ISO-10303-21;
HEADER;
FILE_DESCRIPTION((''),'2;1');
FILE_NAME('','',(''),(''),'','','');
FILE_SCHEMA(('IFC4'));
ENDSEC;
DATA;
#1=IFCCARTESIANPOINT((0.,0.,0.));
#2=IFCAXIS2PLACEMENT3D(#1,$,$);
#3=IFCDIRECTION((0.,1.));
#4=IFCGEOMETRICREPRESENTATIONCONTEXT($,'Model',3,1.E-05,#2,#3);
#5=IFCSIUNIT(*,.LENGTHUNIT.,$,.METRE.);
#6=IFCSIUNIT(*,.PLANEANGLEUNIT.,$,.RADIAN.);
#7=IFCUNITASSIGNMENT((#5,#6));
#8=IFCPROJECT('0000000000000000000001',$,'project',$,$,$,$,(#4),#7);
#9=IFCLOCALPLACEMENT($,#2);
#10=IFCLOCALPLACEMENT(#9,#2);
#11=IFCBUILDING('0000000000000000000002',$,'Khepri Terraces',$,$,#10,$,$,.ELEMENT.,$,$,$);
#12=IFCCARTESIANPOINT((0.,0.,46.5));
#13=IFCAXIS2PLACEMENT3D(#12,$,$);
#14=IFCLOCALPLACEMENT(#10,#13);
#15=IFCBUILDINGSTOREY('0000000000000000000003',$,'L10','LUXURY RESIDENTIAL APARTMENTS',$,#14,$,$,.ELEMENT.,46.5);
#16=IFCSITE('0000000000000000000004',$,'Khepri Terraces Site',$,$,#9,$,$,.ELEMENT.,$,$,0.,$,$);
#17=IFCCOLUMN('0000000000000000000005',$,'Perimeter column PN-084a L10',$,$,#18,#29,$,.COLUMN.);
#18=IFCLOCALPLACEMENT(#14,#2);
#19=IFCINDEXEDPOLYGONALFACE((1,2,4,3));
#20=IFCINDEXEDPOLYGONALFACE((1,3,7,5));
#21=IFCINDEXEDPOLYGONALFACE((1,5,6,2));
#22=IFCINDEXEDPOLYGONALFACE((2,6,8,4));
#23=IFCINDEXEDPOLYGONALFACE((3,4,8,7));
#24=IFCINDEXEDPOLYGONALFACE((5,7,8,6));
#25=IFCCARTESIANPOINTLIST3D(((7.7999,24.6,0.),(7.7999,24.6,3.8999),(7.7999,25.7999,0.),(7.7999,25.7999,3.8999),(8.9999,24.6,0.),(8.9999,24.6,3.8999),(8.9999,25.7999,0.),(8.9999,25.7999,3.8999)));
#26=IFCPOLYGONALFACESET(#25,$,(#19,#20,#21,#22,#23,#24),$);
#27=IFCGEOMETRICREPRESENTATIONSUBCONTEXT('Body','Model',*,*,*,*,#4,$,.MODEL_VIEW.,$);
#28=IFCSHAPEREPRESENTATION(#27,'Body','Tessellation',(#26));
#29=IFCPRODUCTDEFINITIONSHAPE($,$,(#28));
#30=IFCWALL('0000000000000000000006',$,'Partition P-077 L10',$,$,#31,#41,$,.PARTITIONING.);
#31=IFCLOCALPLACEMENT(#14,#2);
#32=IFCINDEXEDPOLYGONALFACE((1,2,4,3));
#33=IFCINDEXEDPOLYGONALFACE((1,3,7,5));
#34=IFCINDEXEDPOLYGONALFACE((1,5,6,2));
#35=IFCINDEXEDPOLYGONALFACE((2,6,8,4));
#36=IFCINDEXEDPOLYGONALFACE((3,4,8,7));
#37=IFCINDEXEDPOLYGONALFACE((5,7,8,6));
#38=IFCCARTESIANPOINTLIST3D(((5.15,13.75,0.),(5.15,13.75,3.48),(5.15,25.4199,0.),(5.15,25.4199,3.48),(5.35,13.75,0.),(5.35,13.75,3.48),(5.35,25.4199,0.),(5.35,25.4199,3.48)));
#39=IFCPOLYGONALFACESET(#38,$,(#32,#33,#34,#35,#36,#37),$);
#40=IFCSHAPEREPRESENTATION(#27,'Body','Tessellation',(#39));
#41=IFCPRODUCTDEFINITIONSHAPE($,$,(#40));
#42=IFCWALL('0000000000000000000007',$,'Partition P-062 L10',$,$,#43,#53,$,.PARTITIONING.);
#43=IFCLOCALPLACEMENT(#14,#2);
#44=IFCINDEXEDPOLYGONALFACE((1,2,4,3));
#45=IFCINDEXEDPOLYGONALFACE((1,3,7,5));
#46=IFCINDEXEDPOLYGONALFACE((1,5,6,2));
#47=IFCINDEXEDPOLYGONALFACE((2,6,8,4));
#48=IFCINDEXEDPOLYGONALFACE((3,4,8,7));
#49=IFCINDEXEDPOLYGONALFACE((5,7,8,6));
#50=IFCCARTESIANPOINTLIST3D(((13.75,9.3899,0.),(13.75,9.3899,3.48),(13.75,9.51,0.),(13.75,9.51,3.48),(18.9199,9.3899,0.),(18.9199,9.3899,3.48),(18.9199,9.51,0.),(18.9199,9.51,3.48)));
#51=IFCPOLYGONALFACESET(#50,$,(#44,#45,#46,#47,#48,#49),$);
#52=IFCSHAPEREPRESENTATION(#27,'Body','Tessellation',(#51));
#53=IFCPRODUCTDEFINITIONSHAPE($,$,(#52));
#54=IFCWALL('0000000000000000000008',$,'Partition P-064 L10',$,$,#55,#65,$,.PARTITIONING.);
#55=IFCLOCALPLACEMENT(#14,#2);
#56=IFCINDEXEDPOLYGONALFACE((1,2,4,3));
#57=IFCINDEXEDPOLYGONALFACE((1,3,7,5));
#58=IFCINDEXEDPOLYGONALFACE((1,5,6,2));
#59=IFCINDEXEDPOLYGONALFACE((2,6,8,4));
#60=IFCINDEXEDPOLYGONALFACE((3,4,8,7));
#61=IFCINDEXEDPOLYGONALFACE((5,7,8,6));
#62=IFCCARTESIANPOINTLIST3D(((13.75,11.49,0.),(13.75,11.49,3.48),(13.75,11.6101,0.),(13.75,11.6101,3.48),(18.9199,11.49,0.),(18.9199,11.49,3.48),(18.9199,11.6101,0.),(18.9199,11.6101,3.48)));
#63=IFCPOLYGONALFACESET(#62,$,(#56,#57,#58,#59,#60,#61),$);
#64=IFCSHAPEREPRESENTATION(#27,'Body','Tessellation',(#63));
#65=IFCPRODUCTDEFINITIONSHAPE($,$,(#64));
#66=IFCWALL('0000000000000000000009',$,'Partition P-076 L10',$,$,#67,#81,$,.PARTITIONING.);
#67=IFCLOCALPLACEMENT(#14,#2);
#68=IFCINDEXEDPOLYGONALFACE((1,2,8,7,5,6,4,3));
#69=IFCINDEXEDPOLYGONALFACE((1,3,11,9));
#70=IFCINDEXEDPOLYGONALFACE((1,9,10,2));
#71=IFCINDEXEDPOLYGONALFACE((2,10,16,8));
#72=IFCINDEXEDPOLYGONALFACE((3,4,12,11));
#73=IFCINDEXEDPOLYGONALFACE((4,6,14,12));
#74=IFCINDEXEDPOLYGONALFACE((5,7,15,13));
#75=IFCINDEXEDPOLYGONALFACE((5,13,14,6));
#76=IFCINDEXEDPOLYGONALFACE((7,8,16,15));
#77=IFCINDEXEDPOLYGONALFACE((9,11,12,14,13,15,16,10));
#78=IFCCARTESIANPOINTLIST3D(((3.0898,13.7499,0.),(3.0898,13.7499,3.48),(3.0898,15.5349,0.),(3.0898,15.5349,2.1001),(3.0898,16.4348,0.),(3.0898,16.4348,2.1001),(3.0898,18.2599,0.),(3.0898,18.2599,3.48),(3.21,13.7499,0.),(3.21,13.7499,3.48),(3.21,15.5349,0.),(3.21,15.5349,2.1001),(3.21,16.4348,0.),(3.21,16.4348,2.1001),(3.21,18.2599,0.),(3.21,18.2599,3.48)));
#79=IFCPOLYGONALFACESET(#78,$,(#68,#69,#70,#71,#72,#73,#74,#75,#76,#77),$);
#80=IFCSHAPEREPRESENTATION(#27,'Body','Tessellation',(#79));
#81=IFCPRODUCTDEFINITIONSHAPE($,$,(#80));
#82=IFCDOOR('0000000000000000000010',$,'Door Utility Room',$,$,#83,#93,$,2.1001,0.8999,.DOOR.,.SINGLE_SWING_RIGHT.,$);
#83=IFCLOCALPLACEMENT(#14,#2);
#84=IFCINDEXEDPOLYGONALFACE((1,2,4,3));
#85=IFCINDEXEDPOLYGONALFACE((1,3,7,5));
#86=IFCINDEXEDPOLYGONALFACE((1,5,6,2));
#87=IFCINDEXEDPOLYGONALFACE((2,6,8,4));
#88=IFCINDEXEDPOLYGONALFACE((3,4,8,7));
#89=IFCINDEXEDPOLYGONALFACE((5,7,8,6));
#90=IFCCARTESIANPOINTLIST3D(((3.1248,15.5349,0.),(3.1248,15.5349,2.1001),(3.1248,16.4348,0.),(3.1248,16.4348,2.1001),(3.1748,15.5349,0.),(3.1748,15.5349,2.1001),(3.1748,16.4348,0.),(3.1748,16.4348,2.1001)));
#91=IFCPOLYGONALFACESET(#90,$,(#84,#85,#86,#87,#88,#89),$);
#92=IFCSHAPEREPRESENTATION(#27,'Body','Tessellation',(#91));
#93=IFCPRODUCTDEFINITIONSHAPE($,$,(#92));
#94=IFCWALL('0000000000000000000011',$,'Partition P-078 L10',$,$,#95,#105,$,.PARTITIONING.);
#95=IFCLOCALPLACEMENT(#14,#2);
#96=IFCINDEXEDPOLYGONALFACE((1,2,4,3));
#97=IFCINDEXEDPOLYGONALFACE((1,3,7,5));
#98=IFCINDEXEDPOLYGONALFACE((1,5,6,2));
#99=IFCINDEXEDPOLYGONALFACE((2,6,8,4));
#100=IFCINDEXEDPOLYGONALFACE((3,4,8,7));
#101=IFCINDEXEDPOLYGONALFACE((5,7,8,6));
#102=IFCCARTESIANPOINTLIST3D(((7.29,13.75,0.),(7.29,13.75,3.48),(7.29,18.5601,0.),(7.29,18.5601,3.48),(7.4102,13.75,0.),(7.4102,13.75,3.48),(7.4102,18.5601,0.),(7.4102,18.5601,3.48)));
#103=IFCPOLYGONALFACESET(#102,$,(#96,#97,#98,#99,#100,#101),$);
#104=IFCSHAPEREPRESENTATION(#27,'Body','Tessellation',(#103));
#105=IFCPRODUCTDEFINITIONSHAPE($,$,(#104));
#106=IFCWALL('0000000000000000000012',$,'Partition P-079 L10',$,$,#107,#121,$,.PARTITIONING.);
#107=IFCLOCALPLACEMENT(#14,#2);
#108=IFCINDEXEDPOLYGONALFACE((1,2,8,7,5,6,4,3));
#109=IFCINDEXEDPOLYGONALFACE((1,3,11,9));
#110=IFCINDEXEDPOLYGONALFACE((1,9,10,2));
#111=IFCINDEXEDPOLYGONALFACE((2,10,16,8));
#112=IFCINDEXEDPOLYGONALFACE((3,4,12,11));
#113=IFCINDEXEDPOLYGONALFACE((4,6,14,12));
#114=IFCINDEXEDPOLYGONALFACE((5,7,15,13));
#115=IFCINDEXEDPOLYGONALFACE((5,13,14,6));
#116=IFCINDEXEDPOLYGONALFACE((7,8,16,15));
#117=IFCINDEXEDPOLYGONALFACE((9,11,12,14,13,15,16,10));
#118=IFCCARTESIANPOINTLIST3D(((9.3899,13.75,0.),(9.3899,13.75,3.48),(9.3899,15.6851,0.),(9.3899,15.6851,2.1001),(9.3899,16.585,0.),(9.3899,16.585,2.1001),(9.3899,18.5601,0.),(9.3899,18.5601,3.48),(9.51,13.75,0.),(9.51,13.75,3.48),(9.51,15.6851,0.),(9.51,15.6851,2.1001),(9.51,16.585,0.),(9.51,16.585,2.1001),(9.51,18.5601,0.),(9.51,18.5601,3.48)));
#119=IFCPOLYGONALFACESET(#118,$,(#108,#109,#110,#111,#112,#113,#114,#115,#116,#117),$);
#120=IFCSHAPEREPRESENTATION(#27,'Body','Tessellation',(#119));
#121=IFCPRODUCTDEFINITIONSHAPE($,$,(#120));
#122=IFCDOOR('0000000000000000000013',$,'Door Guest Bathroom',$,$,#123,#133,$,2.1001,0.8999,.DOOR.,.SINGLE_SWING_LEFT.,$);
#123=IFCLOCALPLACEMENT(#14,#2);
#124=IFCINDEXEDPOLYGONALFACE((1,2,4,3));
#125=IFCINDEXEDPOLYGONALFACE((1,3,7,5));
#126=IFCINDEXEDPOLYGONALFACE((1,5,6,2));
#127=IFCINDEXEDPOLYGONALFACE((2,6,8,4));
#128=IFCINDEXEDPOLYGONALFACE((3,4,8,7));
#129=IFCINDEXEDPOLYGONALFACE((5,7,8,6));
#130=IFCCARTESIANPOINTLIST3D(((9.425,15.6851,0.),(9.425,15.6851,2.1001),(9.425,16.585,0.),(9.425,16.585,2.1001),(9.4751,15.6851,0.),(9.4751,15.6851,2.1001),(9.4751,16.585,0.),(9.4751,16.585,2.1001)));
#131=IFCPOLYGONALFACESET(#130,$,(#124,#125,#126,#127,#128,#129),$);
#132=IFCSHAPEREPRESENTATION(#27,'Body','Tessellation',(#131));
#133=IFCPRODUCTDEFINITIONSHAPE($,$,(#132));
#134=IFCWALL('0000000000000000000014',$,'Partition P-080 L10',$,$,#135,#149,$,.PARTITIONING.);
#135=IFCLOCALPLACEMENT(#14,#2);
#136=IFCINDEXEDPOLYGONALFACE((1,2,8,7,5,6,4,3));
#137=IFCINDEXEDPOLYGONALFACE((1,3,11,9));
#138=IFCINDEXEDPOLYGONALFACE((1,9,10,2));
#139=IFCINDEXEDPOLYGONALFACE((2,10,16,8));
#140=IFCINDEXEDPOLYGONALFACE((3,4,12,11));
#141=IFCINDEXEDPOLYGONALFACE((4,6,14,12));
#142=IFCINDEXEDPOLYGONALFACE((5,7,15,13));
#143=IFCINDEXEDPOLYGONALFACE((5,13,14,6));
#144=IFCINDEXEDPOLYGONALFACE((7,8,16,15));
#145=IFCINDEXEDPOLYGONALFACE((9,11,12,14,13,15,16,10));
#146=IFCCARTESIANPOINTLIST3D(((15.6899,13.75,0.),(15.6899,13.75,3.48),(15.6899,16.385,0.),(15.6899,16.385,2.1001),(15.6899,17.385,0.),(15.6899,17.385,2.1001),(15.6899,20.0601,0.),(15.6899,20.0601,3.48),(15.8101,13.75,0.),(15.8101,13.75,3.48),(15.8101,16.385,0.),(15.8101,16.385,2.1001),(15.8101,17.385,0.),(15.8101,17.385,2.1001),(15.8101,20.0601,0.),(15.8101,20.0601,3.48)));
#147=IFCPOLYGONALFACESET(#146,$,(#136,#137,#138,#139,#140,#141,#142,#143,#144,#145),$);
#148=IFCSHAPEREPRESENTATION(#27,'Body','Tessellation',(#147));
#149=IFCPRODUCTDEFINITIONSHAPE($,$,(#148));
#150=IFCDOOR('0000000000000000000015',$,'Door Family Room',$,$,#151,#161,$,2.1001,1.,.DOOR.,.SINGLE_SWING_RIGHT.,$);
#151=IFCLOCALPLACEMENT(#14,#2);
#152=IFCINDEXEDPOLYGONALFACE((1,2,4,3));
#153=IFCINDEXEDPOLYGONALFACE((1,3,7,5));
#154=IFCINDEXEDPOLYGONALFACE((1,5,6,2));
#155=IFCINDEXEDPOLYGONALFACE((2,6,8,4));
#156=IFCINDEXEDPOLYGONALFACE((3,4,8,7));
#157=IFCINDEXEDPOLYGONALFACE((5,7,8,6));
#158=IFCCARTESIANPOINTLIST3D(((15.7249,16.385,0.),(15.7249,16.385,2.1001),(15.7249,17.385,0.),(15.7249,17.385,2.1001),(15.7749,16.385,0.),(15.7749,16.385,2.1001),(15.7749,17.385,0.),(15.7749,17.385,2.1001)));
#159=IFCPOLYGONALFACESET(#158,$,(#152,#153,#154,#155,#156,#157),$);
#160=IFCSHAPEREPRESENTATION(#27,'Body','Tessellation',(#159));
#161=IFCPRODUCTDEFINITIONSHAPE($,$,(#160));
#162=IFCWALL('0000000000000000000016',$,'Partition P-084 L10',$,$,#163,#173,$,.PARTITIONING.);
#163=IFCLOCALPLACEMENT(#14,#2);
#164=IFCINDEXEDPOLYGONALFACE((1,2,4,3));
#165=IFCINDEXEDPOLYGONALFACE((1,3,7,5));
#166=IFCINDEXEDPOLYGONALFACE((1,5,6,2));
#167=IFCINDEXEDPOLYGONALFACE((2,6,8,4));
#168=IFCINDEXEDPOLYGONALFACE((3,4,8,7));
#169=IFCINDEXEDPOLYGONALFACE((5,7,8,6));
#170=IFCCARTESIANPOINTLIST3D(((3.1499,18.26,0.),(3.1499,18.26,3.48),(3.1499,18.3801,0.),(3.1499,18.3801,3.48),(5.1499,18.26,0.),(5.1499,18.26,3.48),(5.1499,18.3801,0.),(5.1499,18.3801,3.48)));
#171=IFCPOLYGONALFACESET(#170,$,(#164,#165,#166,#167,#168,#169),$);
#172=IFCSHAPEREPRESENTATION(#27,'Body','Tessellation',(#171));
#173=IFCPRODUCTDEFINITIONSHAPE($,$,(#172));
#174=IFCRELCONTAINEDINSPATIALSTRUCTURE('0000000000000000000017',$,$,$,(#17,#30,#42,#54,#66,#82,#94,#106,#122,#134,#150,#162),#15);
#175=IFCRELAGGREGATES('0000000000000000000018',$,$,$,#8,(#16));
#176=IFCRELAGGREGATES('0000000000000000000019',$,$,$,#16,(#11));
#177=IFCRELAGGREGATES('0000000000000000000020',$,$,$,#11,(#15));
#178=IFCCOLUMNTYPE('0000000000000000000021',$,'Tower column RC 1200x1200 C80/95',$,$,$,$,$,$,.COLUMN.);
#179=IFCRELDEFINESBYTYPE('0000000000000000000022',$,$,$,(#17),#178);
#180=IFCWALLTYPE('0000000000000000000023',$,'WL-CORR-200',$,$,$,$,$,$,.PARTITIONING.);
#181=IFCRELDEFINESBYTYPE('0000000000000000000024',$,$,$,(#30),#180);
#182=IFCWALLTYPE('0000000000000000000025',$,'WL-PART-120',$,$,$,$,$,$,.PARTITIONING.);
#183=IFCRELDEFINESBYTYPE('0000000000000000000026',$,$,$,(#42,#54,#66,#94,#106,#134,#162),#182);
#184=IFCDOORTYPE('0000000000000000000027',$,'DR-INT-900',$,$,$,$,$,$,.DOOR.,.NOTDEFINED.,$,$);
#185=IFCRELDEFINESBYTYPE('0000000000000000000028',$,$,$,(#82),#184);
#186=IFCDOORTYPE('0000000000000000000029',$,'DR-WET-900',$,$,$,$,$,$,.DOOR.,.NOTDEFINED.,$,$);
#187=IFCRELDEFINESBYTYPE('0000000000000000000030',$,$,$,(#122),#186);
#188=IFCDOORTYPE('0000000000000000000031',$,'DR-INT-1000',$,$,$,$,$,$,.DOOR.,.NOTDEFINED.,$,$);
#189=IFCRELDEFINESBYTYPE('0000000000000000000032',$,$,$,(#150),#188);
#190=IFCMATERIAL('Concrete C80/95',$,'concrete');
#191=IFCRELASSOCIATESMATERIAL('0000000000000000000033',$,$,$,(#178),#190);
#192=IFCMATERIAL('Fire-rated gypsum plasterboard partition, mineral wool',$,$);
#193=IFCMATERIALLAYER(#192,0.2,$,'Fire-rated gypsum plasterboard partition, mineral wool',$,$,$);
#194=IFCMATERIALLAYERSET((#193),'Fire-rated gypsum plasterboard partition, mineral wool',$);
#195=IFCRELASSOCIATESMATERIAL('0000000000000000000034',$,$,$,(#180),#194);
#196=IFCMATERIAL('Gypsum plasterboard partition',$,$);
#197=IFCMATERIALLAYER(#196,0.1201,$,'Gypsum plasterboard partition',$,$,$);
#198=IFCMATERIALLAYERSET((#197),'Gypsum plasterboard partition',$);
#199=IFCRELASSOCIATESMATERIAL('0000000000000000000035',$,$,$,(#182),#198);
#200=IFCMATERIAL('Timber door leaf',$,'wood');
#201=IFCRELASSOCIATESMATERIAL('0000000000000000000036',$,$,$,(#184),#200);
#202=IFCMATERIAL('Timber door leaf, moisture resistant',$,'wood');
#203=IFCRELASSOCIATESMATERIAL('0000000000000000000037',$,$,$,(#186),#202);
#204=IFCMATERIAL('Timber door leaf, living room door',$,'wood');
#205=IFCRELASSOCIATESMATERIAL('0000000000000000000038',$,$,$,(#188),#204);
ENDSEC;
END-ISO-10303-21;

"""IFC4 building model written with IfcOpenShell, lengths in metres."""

from ifc_helpers import new_model, si_unit, direction, frame, frame_2d, origin, origin_2d, place, context, subcontext, project, spatial, rectangle, extrude, material, layer, layer_set, material_profile, profile_set, type_object, element, fill, save


model = new_model("IFC4")

# Units and contexts
model_context = context("Model", 3, precision=1e-05, world=origin(), true_north=direction((0.0, 1.0)))
body_context = subcontext(model_context, "Body", "Model", "MODEL_VIEW")
ifc_project = project(units=[si_unit("LENGTHUNIT", "METRE"), si_unit("PLANEANGLEUNIT", "RADIAN")], contexts=[model_context])

# Site, building, storey
site_placement = place(None, origin())
site = spatial("IfcSite", under=ifc_project, at=site_placement, Name="Khepri Terraces Site", CompositionType="ELEMENT", RefElevation=0.0)
building_placement = place(site_placement, origin())
building = spatial("IfcBuilding", under=site, at=building_placement, Name="Khepri Terraces", CompositionType="ELEMENT")
storey_placement = place(building_placement, frame((0.0, 0.0, 46.5)))
storey = spatial("IfcBuildingStorey", under=building, at=storey_placement, Name="L10", Description="LUXURY RESIDENTIAL APARTMENTS", CompositionType="ELEMENT", Elevation=46.5)

# Column
ifc_material_1 = material(Name="Concrete C80/95", Category="concrete")
ifc_material_profile = material_profile(ifc_material_1, rectangle(XDim=1.2, YDim=1.2, at=origin_2d()), Name="Concrete C80/95", Category="concrete")
ifc_profile_set = profile_set([ifc_material_profile], Name="Concrete C80/95")
column_type = type_object("IfcColumnType", Name="Tower column RC 1200x1200 C80/95", PredefinedType="COLUMN", material=ifc_profile_set)
column_placement = place(storey_placement, frame((8.3999, 25.2, 0.0), z_axis=(0.0, 0.0, 1.0), x_axis=(1.0, 0.0, 0.0)))
element("IfcColumn", 1, at=column_placement, inside=storey, type_object=column_type, Name="Perimeter column PN-084a L10", PredefinedType="COLUMN", context=body_context, shape_type="SweptSolid", body=[
    extrude(rectangle(XDim=1.2, YDim=1.2, at=origin_2d()), origin(), (0.0, 0.0, 1.0), 3.8999),
])

# Wall
ifc_material_2 = material(Name="Fire-rated gypsum plasterboard partition, mineral wool")
ifc_layer_1 = layer(ifc_material_2, 0.2, Name="Fire-rated gypsum plasterboard partition, mineral wool")
ifc_layer_set_1 = layer_set([ifc_layer_1], Name="Fire-rated gypsum plasterboard partition, mineral wool")
wall_type_1 = type_object("IfcWallType", Name="WL-CORR-200", PredefinedType="PARTITIONING", material=ifc_layer_set_1)
wall_1_placement = place(storey_placement, frame((5.25, 13.75, 0.0), z_axis=(0.0, 0.0, 1.0), x_axis=(0.0, 1.0, 0.0)))
element("IfcWall", 2, at=wall_1_placement, inside=storey, type_object=wall_type_1, Name="Partition P-077 L10", PredefinedType="PARTITIONING", context=body_context, shape_type="SweptSolid", body=[
    extrude(rectangle(XDim=11.6699, YDim=0.2, at=frame_2d((5.835, 0.0))), origin(), (0.0, 0.0, 1.0), 3.48),
])

# Walls
ifc_material_3 = material(Name="Gypsum plasterboard partition")
ifc_layer_2 = layer(ifc_material_3, 0.1201, Name="Gypsum plasterboard partition")
ifc_layer_set_2 = layer_set([ifc_layer_2], Name="Gypsum plasterboard partition")
wall_type_2 = type_object("IfcWallType", Name="WL-PART-120", PredefinedType="PARTITIONING", material=ifc_layer_set_2)
for number, where, z_axis, x_axis, name in (
    (3, (13.75, 9.45, 0.0), (0.0, 0.0, 1.0), (1.0, 0.0, 0.0), "Partition P-062 L10"),
    (4, (13.75, 11.55, 0.0), (0.0, 0.0, 1.0), (1.0, 0.0, 0.0), "Partition P-064 L10"),
):
    element("IfcWall", number, at=place(storey_placement, frame(where, z_axis=z_axis, x_axis=x_axis)), inside=storey, type_object=wall_type_2, Name=name, PredefinedType="PARTITIONING", context=body_context, shape_type="SweptSolid", body=[
        extrude(rectangle(XDim=5.1699, YDim=0.1201, at=frame_2d((2.585, 0.0))), origin(), (0.0, 0.0, 1.0), 3.48),
    ])

# Wall, opening, door
wall_2_placement = place(storey_placement, frame((3.1499, 13.75, 0.0), z_axis=(0.0, 0.0, 1.0), x_axis=(0.0, 1.0, 0.0)))
wall_2 = element("IfcWall", 5, at=wall_2_placement, inside=storey, type_object=wall_type_2, Name="Partition P-076 L10", PredefinedType="PARTITIONING", context=body_context, shape_type="SweptSolid", body=[
    extrude(rectangle(XDim=4.51, YDim=0.1201, at=frame_2d((2.2549, 0.0))), origin(), (0.0, 0.0, 1.0), 3.48),
])
opening_1_placement = place(wall_2_placement, frame((1.7849, 0.0, 0.0)))
opening_1 = element("IfcOpeningElement", 6, at=opening_1_placement, cuts=wall_2, PredefinedType="OPENING", context=body_context, shape_type="SweptSolid", body=[
    extrude(rectangle(XDim=0.8999, YDim=2.1001, at=frame_2d((0.45, 1.05))), frame((0.0, 0.0701, 0.0), z_axis=(0.0, -1.0, 0.0), x_axis=(1.0, 0.0, 0.0)), (0.0, 0.0, 1.0), 0.1401),
])
ifc_material_4 = material(Name="Timber door leaf", Category="wood")
door_type_1 = type_object("IfcDoorType", Name="DR-INT-900", OperationType="NOTDEFINED", PredefinedType="DOOR", material=ifc_material_4)
door_1_placement = place(opening_1_placement, frame((0.8999, 0.0, 0.0), z_axis=(0.0, 0.0, 1.0), x_axis=(-1.0, 0.0, 0.0)))
door_1 = element("IfcDoor", 7, at=door_1_placement, inside=storey, type_object=door_type_1, Name="Door Utility Room", OperationType="SINGLE_SWING_RIGHT", OverallHeight=2.1001, OverallWidth=0.8999, PredefinedType="DOOR", context=body_context, shape_type="SweptSolid", body=[
    extrude(rectangle(XDim=0.8999, YDim=2.1001, at=frame_2d((0.45, 1.05))), frame((0.0, 0.0249, 0.0), z_axis=(0.0, -1.0, 0.0), x_axis=(1.0, 0.0, 0.0)), (0.0, 0.0, 1.0), 0.05),
])
fill(opening_1, door_1)

# Wall
wall_3_placement = place(storey_placement, frame((7.3501, 13.75, 0.0), z_axis=(0.0, 0.0, 1.0), x_axis=(0.0, 1.0, 0.0)))
element("IfcWall", 8, at=wall_3_placement, inside=storey, type_object=wall_type_2, Name="Partition P-078 L10", PredefinedType="PARTITIONING", context=body_context, shape_type="SweptSolid", body=[
    extrude(rectangle(XDim=4.8101, YDim=0.1201, at=frame_2d((2.405, 0.0))), origin(), (0.0, 0.0, 1.0), 3.48),
])

# Walls, openings, doors
wall_4_placement = place(storey_placement, frame((9.45, 13.75, 0.0), z_axis=(0.0, 0.0, 1.0), x_axis=(0.0, 1.0, 0.0)))
wall_4 = element("IfcWall", 9, at=wall_4_placement, inside=storey, type_object=wall_type_2, Name="Partition P-079 L10", PredefinedType="PARTITIONING", context=body_context, shape_type="SweptSolid", body=[
    extrude(rectangle(XDim=4.8101, YDim=0.1201, at=frame_2d((2.405, 0.0))), origin(), (0.0, 0.0, 1.0), 3.48),
])
opening_2_placement = place(wall_4_placement, frame((1.9351, 0.0, 0.0)))
opening_2 = element("IfcOpeningElement", 10, at=opening_2_placement, cuts=wall_4, PredefinedType="OPENING", context=body_context, shape_type="SweptSolid", body=[
    extrude(rectangle(XDim=0.8999, YDim=2.1001, at=frame_2d((0.45, 1.05))), frame((0.0, 0.0701, 0.0), z_axis=(0.0, -1.0, 0.0), x_axis=(1.0, 0.0, 0.0)), (0.0, 0.0, 1.0), 0.1401),
])
ifc_material_5 = material(Name="Timber door leaf, moisture resistant", Category="wood")
door_type_2 = type_object("IfcDoorType", Name="DR-WET-900", OperationType="NOTDEFINED", PredefinedType="DOOR", material=ifc_material_5)
door_2_placement = place(opening_2_placement, origin())
door_2 = element("IfcDoor", 11, at=door_2_placement, inside=storey, type_object=door_type_2, Name="Door Guest Bathroom", OperationType="SINGLE_SWING_LEFT", OverallHeight=2.1001, OverallWidth=0.8999, PredefinedType="DOOR", context=body_context, shape_type="SweptSolid", body=[
    extrude(rectangle(XDim=0.8999, YDim=2.1001, at=frame_2d((0.45, 1.05))), frame((0.0, 0.0249, 0.0), z_axis=(0.0, -1.0, 0.0), x_axis=(1.0, 0.0, 0.0)), (0.0, 0.0, 1.0), 0.05),
])
fill(opening_2, door_2)
wall_5_placement = place(storey_placement, frame((15.75, 13.75, 0.0), z_axis=(0.0, 0.0, 1.0), x_axis=(0.0, 1.0, 0.0)))
wall_5 = element("IfcWall", 12, at=wall_5_placement, inside=storey, type_object=wall_type_2, Name="Partition P-080 L10", PredefinedType="PARTITIONING", context=body_context, shape_type="SweptSolid", body=[
    extrude(rectangle(XDim=6.3101, YDim=0.1201, at=frame_2d((3.155, 0.0))), origin(), (0.0, 0.0, 1.0), 3.48),
])
opening_3_placement = place(wall_5_placement, frame((2.635, 0.0, 0.0)))
opening_3 = element("IfcOpeningElement", 13, at=opening_3_placement, cuts=wall_5, PredefinedType="OPENING", context=body_context, shape_type="SweptSolid", body=[
    extrude(rectangle(XDim=1.0, YDim=2.1001, at=frame_2d((0.5, 1.05))), frame((0.0, 0.0701, 0.0), z_axis=(0.0, -1.0, 0.0), x_axis=(1.0, 0.0, 0.0)), (0.0, 0.0, 1.0), 0.1401),
])
ifc_material_6 = material(Name="Timber door leaf, living room door", Category="wood")
door_type_3 = type_object("IfcDoorType", Name="DR-INT-1000", OperationType="NOTDEFINED", PredefinedType="DOOR", material=ifc_material_6)
door_3_placement = place(opening_3_placement, frame((1.0, 0.0, 0.0), z_axis=(0.0, 0.0, 1.0), x_axis=(-1.0, 0.0, 0.0)))
door_3 = element("IfcDoor", 14, at=door_3_placement, inside=storey, type_object=door_type_3, Name="Door Family Room", OperationType="SINGLE_SWING_RIGHT", OverallHeight=2.1001, OverallWidth=1.0, PredefinedType="DOOR", context=body_context, shape_type="SweptSolid", body=[
    extrude(rectangle(XDim=1.0, YDim=2.1001, at=frame_2d((0.5, 1.05))), frame((0.0, 0.0249, 0.0), z_axis=(0.0, -1.0, 0.0), x_axis=(1.0, 0.0, 0.0)), (0.0, 0.0, 1.0), 0.05),
])
fill(opening_3, door_3)

# Wall
wall_6_placement = place(storey_placement, frame((3.1499, 18.3201, 0.0), z_axis=(0.0, 0.0, 1.0), x_axis=(1.0, 0.0, 0.0)))
element("IfcWall", 15, at=wall_6_placement, inside=storey, type_object=wall_type_2, Name="Partition P-084 L10", PredefinedType="PARTITIONING", context=body_context, shape_type="SweptSolid", body=[
    extrude(rectangle(XDim=2.0, YDim=0.1201, at=frame_2d((1.0, 0.0))), origin(), (0.0, 0.0, 1.0), 3.48),
])

save(model, "model.ifc")
